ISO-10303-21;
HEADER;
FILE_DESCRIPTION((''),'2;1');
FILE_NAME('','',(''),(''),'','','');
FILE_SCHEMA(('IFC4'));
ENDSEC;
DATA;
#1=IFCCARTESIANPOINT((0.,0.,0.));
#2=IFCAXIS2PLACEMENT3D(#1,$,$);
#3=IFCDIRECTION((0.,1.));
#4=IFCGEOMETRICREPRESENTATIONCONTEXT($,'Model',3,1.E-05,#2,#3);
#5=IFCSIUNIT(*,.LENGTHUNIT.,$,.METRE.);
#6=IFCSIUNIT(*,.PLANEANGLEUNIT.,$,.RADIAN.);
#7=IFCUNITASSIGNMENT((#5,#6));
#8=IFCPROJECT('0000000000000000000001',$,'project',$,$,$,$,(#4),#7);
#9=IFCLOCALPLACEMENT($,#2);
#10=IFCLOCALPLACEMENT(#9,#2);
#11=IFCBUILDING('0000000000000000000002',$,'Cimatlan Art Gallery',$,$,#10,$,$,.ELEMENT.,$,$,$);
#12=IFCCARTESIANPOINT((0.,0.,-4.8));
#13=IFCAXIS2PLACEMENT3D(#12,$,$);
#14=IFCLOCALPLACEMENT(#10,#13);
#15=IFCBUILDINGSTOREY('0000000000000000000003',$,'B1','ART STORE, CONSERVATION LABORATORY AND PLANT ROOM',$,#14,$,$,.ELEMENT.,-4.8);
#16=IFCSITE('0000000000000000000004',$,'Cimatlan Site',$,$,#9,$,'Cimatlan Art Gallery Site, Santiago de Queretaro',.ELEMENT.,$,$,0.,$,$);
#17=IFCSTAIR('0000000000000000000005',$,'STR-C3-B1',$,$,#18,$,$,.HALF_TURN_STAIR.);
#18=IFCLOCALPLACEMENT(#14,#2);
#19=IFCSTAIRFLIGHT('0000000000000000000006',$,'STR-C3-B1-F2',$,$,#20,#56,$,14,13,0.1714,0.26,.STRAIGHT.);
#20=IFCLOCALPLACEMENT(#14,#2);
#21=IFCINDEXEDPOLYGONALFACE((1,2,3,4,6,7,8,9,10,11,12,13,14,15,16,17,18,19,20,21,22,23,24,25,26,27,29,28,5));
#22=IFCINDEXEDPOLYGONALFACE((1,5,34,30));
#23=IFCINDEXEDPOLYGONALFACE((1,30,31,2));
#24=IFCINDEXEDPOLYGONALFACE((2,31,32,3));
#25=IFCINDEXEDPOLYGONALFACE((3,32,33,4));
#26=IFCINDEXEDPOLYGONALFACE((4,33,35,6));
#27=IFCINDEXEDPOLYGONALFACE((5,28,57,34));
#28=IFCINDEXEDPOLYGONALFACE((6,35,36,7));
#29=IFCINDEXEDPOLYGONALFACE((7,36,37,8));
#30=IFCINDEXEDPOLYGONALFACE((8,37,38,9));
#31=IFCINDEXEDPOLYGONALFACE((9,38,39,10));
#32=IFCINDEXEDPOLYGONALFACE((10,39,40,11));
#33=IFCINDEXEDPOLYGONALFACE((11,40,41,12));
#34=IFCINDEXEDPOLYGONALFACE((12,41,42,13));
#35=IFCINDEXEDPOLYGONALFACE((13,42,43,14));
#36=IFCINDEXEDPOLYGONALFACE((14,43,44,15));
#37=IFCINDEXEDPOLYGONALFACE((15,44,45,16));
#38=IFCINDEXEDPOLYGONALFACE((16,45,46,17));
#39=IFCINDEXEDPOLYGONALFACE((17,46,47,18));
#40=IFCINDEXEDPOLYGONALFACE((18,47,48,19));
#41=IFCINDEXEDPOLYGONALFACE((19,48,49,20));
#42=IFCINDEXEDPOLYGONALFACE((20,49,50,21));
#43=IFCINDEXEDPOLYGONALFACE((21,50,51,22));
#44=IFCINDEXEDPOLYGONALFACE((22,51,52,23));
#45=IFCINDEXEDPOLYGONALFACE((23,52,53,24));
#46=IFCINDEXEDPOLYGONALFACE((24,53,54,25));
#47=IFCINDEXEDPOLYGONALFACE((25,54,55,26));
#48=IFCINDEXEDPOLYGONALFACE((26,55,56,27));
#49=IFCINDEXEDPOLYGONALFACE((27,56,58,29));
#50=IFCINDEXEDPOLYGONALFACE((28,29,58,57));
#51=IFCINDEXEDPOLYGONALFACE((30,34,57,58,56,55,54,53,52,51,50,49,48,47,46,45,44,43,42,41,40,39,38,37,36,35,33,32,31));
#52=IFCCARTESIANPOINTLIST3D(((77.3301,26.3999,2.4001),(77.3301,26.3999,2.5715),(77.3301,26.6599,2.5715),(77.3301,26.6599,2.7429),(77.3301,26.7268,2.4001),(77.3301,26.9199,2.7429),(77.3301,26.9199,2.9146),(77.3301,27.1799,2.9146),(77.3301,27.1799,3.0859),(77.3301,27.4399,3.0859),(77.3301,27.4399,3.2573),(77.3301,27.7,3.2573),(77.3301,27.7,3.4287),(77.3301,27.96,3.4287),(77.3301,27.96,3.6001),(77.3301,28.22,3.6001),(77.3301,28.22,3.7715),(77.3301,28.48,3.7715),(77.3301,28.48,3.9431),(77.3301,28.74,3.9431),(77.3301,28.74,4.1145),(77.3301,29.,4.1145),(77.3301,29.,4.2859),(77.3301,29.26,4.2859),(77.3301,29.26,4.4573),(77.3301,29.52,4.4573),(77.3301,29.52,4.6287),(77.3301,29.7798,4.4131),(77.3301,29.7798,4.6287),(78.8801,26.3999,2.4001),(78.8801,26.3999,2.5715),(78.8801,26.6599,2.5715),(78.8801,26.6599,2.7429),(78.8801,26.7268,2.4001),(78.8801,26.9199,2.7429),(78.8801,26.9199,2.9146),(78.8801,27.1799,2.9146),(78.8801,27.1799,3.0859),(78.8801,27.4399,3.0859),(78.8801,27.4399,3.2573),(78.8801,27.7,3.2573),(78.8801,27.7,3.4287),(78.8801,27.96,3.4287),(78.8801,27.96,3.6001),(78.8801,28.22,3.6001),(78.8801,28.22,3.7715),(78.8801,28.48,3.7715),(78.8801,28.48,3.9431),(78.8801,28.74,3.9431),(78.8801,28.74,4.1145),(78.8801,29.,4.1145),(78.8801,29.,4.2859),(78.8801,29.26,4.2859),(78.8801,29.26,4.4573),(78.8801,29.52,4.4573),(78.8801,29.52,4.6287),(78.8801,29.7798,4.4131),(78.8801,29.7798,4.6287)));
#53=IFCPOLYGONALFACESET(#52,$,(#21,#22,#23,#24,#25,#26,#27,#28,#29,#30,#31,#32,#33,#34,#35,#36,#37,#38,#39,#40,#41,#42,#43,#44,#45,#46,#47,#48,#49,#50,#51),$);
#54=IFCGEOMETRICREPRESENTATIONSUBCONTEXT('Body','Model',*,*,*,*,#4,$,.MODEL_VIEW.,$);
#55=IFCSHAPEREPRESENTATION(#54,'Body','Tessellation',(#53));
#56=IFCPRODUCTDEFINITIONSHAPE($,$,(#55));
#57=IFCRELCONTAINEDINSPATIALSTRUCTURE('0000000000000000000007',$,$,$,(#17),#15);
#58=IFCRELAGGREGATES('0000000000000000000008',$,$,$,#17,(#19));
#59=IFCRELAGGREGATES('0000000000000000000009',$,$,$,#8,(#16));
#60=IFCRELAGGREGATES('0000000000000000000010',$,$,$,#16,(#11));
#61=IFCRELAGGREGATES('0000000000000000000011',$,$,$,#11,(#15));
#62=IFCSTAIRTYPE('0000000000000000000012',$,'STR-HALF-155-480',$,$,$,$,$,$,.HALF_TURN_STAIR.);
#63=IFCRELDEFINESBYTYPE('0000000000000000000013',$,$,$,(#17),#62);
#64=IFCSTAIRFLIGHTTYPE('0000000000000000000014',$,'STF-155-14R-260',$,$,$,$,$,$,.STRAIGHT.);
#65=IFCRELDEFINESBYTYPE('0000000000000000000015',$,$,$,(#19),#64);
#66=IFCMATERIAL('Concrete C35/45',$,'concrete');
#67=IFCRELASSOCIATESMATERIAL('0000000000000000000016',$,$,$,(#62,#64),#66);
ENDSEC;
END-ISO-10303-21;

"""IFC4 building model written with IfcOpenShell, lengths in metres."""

from ifc_helpers import new_model, si_unit, direction, frame, origin, place, context, subcontext, project, spatial, polyline, outline, extrude, material, type_object, element, aggregate, save


model = new_model("IFC4")

# Units and contexts
model_context = context("Model", 3, precision=1e-05, world=origin(), true_north=direction((0.0, 1.0)))
body_context = subcontext(model_context, "Body", "Model", "MODEL_VIEW")
ifc_project = project(units=[si_unit("LENGTHUNIT", "METRE"), si_unit("PLANEANGLEUNIT", "RADIAN")], contexts=[model_context])

# Site, building, storey
site_placement = place(None, origin())
site = spatial("IfcSite", under=ifc_project, at=site_placement, Name="Cimatlan Site", LongName="Cimatlan Art Gallery Site, Santiago de Queretaro", CompositionType="ELEMENT", RefElevation=0.0)
building_placement = place(site_placement, origin())
building = spatial("IfcBuilding", under=site, at=building_placement, Name="Cimatlan Art Gallery", CompositionType="ELEMENT")
storey_placement = place(building_placement, frame((0.0, 0.0, -4.8)))
storey = spatial("IfcBuildingStorey", under=building, at=storey_placement, Name="B1", Description="ART STORE, CONSERVATION LABORATORY AND PLANT ROOM", CompositionType="ELEMENT", Elevation=-4.8)

# Stair, stair flight
ifc_material_1 = material(Name="Concrete C35/45", Category="concrete")
stair_type = type_object("IfcStairType", Name="STR-HALF-155-480", PredefinedType="HALF_TURN_STAIR", material=ifc_material_1)
stair_placement = place(storey_placement, origin())
stair = element("IfcStair", 1, at=stair_placement, inside=storey, type_object=stair_type, Name="STR-C3-B1", PredefinedType="HALF_TURN_STAIR")
stair_flight_type = type_object("IfcStairFlightType", Name="STF-155-14R-260", PredefinedType="STRAIGHT", material=ifc_material_1)
stair_flight_1_placement = place(storey_placement, frame((78.105, 26.3999, 2.4001), z_axis=(0.0, 0.0, 1.0), x_axis=(0.0, 1.0, 0.0)))
stair_flight_1 = element("IfcStairFlight", 2, at=stair_flight_1_placement, type_object=stair_flight_type, Name="STR-C3-B1-F2", NumberOfRisers=14, NumberOfTreads=13, PredefinedType="STRAIGHT", RiserHeight=0.1714, TreadLength=0.26, context=body_context, shape_type="SweptSolid", body=[
    extrude(outline(polyline([(0.0, 0.0), (0.0, 0.1714), (0.26, 0.1714), (0.26, 0.3428), (0.52, 0.3428), (0.52, 0.5144), (0.78, 0.5144), (0.78, 0.6858), (1.04, 0.6858), (1.04, 0.8572), (1.3, 0.8572), (1.3, 1.0286), (1.5601, 1.0286), (1.5601, 1.2), (1.8201, 1.2), (1.8201, 1.3713), (2.0801, 1.3713), (2.0801, 1.543), (2.3401, 1.543), (2.3401, 1.7144), (2.6001, 1.7144), (2.6001, 1.8857), (2.8601, 1.8857), (2.8601, 2.0571), (3.1201, 2.0571), (3.1201, 2.2285), (3.3799, 2.2285), (3.3799, 2.3999), (3.3799, 2.0129), (0.3269, 0.0), (0.0, 0.0)])), frame((0.0, 0.7749, 0.0), z_axis=(0.0, -1.0, 0.0), x_axis=(1.0, 0.0, 0.0)), (0.0, 0.0, 1.0), 1.55),
])
aggregate(stair, [stair_flight_1])

save(model, "model.ifc")
